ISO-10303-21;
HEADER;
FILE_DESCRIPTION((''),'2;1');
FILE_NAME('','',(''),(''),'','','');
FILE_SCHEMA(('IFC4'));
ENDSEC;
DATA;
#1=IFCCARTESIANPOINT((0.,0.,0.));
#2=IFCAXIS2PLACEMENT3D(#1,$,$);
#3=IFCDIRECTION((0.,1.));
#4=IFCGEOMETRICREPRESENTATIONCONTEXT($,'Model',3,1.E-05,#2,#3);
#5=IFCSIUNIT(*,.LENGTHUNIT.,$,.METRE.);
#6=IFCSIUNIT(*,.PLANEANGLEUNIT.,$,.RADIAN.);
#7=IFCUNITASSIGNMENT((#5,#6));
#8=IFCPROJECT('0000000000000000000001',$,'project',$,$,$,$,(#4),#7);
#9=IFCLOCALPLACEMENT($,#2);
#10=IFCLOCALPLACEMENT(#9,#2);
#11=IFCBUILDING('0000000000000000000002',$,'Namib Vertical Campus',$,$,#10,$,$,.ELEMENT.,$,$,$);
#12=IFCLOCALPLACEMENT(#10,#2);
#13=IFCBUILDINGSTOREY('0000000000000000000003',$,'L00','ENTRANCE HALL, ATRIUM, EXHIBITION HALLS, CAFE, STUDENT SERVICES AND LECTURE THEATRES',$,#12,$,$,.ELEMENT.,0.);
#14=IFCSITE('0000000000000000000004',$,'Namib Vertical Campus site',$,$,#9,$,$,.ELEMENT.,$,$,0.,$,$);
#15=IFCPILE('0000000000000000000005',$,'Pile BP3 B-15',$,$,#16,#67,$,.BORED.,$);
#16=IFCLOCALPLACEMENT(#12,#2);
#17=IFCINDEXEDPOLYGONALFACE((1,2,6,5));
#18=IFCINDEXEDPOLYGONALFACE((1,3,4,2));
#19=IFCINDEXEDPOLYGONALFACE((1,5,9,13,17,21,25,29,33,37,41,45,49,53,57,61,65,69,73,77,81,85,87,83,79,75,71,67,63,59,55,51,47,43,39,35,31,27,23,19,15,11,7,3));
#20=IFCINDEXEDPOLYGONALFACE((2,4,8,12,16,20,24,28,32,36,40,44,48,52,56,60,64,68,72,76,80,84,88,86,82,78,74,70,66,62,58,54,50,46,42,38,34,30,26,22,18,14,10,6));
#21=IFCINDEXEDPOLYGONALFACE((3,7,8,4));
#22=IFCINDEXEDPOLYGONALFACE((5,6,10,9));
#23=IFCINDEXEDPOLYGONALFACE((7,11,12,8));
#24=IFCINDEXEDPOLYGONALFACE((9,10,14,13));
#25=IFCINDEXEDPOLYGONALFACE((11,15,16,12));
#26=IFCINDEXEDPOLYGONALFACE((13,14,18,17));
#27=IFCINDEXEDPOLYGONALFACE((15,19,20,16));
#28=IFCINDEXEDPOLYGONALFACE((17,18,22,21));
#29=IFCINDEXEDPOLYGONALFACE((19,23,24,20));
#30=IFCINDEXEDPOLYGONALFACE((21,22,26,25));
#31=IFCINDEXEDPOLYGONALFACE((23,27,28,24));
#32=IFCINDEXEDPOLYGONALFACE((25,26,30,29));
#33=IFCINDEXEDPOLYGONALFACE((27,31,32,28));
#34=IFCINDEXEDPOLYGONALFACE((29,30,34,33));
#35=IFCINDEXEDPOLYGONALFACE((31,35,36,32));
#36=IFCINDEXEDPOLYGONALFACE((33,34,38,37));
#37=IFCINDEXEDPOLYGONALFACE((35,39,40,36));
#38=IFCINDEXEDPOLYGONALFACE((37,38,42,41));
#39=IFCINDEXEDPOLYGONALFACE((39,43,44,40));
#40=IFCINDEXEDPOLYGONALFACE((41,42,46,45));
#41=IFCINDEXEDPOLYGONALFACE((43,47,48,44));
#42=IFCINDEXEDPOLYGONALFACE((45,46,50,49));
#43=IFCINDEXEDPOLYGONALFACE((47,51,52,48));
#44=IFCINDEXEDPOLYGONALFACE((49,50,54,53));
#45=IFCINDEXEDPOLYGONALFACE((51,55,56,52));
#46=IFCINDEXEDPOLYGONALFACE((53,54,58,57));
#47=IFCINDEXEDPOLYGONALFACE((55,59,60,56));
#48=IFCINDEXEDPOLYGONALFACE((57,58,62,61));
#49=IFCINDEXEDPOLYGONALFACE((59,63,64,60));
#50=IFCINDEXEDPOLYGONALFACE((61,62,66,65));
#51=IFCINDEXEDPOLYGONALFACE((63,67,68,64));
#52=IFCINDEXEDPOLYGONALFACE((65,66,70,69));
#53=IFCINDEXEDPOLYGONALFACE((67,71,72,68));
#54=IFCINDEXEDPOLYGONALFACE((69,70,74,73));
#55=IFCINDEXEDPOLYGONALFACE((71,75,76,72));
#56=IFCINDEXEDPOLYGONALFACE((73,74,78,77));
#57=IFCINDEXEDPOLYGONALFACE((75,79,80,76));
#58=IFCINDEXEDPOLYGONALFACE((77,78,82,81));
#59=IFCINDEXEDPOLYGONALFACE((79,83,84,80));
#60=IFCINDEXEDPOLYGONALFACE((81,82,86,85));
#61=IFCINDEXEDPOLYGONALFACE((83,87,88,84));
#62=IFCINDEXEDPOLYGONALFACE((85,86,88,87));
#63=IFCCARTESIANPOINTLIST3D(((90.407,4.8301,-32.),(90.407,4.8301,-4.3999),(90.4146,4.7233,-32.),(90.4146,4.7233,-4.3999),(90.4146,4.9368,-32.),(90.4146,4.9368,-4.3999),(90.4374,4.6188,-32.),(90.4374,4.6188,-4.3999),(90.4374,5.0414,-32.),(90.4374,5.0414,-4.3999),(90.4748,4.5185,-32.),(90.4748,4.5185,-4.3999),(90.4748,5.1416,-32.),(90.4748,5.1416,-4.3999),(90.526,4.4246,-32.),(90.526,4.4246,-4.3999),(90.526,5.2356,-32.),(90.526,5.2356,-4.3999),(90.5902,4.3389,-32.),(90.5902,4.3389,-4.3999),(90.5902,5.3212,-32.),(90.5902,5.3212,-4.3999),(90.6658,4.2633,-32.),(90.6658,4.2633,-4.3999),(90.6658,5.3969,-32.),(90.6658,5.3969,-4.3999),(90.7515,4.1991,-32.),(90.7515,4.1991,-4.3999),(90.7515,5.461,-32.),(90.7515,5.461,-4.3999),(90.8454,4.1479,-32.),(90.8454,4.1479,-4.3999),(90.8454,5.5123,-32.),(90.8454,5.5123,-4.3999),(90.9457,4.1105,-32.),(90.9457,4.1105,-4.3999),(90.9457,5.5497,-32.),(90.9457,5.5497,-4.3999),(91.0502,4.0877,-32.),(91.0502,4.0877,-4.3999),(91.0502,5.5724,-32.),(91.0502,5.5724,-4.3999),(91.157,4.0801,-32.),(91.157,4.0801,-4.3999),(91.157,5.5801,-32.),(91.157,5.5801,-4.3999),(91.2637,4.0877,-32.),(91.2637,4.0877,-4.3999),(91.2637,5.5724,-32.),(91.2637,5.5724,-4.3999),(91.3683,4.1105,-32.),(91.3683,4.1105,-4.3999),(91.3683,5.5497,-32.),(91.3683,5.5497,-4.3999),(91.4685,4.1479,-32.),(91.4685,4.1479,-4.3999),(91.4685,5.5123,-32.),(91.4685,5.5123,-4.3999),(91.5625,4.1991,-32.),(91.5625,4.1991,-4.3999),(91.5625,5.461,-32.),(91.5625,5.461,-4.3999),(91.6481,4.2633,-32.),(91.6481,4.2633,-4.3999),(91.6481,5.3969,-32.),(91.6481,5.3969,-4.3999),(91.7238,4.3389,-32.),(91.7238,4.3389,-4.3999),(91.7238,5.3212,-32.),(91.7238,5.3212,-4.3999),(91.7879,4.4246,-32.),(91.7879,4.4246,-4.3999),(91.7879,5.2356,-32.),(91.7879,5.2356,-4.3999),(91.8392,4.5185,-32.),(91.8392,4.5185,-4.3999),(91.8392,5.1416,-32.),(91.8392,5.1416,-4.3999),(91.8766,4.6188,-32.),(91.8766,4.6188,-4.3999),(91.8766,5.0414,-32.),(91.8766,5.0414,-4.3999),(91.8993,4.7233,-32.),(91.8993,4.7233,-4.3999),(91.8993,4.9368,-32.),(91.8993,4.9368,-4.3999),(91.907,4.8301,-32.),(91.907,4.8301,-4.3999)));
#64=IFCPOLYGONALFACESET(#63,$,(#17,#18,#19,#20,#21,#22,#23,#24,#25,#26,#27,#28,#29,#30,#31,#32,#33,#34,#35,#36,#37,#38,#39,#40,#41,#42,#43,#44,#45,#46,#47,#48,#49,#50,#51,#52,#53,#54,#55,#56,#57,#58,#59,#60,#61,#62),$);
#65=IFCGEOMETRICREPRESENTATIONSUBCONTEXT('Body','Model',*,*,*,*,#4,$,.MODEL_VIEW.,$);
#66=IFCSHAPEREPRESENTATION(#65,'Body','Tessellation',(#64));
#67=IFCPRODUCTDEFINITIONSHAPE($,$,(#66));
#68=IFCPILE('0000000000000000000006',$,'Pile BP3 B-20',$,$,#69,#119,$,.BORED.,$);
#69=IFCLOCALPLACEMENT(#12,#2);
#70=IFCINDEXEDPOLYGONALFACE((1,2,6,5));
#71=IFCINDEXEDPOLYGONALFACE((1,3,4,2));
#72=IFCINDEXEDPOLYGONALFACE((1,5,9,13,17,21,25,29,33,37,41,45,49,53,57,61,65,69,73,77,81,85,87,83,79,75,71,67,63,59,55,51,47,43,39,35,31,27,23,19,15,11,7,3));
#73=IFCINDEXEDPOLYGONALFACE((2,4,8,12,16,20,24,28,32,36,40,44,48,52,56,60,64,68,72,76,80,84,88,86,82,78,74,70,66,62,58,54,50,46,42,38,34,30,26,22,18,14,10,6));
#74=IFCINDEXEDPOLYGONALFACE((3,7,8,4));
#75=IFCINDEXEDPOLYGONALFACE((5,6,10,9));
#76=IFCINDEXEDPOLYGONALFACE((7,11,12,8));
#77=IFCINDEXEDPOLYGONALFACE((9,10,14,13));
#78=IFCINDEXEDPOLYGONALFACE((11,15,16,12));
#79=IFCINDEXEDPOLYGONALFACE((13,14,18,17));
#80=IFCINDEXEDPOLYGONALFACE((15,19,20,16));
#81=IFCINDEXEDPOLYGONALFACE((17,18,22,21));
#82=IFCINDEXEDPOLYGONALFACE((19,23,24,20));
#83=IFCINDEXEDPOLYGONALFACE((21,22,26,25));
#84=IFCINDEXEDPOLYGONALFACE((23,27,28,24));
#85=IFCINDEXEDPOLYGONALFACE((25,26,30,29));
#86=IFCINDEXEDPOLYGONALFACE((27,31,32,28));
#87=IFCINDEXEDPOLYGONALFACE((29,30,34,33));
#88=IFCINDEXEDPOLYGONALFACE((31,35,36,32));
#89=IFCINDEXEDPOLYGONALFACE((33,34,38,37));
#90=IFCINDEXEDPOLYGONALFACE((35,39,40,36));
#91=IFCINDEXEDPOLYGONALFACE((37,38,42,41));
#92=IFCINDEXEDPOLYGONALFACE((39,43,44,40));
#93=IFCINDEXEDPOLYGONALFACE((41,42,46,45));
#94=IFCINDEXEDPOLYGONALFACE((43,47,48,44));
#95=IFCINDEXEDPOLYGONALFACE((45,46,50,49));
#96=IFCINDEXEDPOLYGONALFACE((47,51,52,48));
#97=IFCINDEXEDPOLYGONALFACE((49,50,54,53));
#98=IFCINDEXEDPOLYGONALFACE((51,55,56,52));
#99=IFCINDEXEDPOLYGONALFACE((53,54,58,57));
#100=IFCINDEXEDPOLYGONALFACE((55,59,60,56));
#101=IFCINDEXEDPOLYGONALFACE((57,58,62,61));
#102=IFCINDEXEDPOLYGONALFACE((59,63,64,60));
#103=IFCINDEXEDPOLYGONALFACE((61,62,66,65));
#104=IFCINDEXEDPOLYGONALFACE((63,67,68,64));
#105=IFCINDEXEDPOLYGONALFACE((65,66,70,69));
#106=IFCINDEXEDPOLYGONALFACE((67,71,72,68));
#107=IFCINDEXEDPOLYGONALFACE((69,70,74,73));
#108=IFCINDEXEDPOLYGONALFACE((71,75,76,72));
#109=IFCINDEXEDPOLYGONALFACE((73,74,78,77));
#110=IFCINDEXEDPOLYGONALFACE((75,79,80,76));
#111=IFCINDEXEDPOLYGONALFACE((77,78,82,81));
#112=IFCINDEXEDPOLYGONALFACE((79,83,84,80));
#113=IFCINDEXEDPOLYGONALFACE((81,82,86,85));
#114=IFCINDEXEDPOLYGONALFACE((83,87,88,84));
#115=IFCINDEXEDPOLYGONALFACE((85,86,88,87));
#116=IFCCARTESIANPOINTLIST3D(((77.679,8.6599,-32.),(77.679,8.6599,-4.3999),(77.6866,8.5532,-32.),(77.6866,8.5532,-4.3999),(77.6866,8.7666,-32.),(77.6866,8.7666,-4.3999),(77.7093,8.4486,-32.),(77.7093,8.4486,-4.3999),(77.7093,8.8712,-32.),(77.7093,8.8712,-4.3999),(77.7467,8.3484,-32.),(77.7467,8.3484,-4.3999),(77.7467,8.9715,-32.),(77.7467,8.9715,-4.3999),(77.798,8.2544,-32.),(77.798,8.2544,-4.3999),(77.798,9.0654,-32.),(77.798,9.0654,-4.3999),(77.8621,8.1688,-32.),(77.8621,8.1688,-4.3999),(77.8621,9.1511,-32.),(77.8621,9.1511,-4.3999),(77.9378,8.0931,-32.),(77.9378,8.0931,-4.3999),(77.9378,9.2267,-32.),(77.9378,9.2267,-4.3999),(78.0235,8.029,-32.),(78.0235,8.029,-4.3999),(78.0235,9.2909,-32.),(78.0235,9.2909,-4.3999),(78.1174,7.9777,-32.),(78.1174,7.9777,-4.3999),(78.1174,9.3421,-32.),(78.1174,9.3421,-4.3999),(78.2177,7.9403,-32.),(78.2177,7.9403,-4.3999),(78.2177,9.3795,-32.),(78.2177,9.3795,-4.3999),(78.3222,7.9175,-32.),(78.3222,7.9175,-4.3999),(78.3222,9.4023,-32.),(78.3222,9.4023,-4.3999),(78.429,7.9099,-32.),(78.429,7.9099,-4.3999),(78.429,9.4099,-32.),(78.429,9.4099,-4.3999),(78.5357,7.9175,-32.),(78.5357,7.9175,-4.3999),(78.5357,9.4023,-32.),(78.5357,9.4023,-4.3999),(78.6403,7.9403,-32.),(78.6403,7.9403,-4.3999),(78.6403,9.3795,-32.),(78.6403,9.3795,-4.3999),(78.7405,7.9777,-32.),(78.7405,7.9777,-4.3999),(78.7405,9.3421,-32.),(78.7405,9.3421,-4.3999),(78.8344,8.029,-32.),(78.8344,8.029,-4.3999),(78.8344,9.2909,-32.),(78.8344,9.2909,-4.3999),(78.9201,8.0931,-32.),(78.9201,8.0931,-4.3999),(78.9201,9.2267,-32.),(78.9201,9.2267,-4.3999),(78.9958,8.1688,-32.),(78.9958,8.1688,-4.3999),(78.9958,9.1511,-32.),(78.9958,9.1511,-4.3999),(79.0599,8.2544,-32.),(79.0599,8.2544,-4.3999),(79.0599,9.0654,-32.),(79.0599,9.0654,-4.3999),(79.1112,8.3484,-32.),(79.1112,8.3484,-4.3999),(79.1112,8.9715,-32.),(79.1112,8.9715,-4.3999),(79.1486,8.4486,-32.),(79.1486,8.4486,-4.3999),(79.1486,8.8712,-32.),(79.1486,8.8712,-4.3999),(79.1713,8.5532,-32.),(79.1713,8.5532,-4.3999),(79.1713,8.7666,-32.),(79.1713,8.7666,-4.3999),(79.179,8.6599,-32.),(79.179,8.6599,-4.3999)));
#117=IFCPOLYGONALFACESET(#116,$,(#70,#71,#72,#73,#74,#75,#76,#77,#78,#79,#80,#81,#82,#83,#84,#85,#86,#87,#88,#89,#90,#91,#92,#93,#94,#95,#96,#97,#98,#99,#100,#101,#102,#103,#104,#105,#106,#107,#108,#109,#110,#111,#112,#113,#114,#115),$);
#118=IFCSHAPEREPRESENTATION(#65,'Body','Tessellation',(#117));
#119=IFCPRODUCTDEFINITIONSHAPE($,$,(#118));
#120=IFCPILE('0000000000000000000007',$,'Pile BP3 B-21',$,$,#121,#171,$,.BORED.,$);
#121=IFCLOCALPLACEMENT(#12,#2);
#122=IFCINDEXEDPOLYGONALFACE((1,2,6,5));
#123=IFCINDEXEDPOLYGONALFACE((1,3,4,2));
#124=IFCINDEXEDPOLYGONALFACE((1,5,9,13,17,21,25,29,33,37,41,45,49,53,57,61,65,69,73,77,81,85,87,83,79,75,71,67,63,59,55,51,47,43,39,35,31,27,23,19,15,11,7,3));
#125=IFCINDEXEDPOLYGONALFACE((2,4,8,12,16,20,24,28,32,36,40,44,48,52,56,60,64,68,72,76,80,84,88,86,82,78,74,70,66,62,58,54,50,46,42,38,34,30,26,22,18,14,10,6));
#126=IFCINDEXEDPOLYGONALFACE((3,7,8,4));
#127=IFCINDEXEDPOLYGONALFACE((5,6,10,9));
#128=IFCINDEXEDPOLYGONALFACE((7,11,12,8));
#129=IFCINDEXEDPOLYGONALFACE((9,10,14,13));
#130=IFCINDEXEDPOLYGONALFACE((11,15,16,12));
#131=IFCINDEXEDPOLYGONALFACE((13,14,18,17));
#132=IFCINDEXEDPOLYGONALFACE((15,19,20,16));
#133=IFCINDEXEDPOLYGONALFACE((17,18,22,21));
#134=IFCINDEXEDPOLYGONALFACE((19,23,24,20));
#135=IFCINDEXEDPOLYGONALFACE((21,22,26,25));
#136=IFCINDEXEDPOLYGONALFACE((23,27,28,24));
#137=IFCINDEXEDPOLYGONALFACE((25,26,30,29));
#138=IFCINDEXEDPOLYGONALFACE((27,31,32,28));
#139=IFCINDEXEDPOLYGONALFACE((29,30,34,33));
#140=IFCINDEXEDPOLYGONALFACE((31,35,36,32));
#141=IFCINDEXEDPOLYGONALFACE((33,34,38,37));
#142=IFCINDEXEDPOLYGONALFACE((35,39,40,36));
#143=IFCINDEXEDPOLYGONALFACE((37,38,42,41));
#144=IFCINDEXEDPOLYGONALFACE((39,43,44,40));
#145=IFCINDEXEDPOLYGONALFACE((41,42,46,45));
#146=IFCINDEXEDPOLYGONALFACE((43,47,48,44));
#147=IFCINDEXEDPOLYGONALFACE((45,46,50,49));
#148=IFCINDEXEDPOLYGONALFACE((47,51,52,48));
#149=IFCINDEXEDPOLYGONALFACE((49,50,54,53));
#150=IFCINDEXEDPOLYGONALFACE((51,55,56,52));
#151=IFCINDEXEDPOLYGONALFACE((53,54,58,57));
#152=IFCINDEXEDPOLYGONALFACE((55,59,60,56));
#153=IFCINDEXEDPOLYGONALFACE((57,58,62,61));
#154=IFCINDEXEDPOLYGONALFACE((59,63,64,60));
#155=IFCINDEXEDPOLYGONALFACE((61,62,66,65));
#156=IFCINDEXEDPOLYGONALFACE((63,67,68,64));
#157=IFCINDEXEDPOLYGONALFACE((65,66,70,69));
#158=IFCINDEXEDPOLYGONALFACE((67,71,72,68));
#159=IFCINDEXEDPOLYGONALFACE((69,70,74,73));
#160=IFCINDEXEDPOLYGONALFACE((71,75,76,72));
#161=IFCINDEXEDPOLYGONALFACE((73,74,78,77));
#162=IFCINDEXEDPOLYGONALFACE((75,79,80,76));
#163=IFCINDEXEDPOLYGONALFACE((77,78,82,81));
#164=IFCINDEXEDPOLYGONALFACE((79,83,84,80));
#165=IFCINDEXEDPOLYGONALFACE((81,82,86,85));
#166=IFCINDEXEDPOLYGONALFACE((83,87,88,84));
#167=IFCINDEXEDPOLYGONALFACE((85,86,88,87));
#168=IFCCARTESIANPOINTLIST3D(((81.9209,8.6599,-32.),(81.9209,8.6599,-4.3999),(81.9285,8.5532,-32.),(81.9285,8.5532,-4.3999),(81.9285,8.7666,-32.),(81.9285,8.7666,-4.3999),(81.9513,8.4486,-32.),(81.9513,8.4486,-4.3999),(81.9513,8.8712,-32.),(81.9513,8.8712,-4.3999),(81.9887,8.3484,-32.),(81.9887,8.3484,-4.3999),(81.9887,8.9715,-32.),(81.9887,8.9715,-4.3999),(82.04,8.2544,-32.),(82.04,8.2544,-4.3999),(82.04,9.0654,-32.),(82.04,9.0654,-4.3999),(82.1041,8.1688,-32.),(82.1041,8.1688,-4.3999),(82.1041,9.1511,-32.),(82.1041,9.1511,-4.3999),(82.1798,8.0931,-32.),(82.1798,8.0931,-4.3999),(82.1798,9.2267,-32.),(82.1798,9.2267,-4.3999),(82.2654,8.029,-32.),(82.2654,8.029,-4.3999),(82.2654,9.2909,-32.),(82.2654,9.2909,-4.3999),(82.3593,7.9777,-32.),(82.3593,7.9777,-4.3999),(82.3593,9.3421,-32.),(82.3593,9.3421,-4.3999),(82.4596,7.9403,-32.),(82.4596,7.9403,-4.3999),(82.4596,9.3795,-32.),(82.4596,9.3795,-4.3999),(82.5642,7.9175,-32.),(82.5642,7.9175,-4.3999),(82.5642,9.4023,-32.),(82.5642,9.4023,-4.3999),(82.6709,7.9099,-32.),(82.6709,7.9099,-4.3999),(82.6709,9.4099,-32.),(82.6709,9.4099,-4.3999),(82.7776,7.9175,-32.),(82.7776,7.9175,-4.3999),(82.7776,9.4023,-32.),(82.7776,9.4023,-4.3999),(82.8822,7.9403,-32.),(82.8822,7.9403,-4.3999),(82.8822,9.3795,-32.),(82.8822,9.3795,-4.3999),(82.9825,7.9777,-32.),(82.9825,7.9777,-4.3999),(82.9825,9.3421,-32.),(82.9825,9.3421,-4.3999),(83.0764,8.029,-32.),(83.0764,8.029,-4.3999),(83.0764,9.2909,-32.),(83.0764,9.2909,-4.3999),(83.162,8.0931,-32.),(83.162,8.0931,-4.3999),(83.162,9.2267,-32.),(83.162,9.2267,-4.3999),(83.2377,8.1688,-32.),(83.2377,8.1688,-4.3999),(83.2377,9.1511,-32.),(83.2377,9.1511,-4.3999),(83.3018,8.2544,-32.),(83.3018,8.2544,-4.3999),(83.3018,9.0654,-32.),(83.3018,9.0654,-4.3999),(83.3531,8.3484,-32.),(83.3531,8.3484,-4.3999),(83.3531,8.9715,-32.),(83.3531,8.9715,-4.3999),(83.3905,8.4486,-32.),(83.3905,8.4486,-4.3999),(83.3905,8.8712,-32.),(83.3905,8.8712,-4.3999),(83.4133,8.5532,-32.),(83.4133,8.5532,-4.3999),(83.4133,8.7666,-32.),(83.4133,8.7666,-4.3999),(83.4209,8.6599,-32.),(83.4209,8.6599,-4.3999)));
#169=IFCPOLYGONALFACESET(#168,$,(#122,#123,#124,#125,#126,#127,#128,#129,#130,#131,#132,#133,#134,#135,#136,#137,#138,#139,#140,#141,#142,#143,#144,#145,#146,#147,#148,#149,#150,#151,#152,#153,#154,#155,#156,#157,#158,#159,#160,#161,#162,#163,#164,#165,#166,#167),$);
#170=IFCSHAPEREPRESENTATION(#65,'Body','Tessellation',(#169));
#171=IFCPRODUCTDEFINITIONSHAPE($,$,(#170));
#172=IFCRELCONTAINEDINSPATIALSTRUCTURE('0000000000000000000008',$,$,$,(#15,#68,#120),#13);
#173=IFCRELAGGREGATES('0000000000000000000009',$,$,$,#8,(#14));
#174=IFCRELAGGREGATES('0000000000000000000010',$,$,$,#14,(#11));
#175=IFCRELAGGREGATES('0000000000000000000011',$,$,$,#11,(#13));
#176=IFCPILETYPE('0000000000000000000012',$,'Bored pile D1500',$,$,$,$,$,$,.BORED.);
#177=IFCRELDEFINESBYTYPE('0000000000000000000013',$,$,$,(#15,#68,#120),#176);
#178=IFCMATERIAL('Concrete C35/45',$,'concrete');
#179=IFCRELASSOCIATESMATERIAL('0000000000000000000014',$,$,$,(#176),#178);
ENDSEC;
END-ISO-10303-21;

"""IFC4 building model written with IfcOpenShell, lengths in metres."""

from ifc_helpers import new_model, si_unit, direction, frame, origin, origin_2d, place, context, subcontext, project, spatial, circle, extrude, material, material_profile, profile_set, type_object, element, save


model = new_model("IFC4")

# Units and contexts
model_context = context("Model", 3, precision=1e-05, world=origin(), true_north=direction((0.0, 1.0)))
body_context = subcontext(model_context, "Body", "Model", "MODEL_VIEW")
ifc_project = project(units=[si_unit("LENGTHUNIT", "METRE"), si_unit("PLANEANGLEUNIT", "RADIAN")], contexts=[model_context])

# Site, building, storey
site_placement = place(None, origin())
site = spatial("IfcSite", under=ifc_project, at=site_placement, Name="Namib Vertical Campus site", CompositionType="ELEMENT", RefElevation=0.0)
building_placement = place(site_placement, origin())
building = spatial("IfcBuilding", under=site, at=building_placement, Name="Namib Vertical Campus", CompositionType="ELEMENT")
storey_placement = place(building_placement, origin())
storey = spatial("IfcBuildingStorey", under=building, at=storey_placement, Name="L00", Description="ENTRANCE HALL, ATRIUM, EXHIBITION HALLS, CAFE, STUDENT SERVICES AND LECTURE THEATRES", CompositionType="ELEMENT", Elevation=0.0)

# Piles
ifc_material_1 = material(Name="Concrete C35/45", Category="concrete")
ifc_material_profile_1 = material_profile(ifc_material_1, circle(Radius=0.75, at=origin_2d()))
ifc_profile_set_1 = profile_set([ifc_material_profile_1], Name="Concrete C35/45")
pile_type = type_object("IfcPileType", Name="Bored pile D1500", PredefinedType="BORED", material=ifc_profile_set_1)
for number, where, z_axis, x_axis, name in (
    (1, (91.157, 4.8301, -4.3999), (0.0, 0.0, -1.0), (1.0, 0.0, 0.0), "Pile BP3 B-15"),
    (2, (78.429, 8.6599, -4.3999), (0.0, 0.0, -1.0), (1.0, 0.0, 0.0), "Pile BP3 B-20"),
    (3, (82.6709, 8.6599, -4.3999), (0.0, 0.0, -1.0), (1.0, 0.0, 0.0), "Pile BP3 B-21"),
):
    element("IfcPile", number, at=place(storey_placement, frame(where, z_axis=z_axis, x_axis=x_axis)), inside=storey, type_object=pile_type, Name=name, PredefinedType="BORED", context=body_context, shape_type="SweptSolid", body=[
        extrude(circle(Radius=0.75, at=origin_2d()), origin(), (0.0, 0.0, 1.0), 27.6001),
    ])

save(model, "model.ifc")
